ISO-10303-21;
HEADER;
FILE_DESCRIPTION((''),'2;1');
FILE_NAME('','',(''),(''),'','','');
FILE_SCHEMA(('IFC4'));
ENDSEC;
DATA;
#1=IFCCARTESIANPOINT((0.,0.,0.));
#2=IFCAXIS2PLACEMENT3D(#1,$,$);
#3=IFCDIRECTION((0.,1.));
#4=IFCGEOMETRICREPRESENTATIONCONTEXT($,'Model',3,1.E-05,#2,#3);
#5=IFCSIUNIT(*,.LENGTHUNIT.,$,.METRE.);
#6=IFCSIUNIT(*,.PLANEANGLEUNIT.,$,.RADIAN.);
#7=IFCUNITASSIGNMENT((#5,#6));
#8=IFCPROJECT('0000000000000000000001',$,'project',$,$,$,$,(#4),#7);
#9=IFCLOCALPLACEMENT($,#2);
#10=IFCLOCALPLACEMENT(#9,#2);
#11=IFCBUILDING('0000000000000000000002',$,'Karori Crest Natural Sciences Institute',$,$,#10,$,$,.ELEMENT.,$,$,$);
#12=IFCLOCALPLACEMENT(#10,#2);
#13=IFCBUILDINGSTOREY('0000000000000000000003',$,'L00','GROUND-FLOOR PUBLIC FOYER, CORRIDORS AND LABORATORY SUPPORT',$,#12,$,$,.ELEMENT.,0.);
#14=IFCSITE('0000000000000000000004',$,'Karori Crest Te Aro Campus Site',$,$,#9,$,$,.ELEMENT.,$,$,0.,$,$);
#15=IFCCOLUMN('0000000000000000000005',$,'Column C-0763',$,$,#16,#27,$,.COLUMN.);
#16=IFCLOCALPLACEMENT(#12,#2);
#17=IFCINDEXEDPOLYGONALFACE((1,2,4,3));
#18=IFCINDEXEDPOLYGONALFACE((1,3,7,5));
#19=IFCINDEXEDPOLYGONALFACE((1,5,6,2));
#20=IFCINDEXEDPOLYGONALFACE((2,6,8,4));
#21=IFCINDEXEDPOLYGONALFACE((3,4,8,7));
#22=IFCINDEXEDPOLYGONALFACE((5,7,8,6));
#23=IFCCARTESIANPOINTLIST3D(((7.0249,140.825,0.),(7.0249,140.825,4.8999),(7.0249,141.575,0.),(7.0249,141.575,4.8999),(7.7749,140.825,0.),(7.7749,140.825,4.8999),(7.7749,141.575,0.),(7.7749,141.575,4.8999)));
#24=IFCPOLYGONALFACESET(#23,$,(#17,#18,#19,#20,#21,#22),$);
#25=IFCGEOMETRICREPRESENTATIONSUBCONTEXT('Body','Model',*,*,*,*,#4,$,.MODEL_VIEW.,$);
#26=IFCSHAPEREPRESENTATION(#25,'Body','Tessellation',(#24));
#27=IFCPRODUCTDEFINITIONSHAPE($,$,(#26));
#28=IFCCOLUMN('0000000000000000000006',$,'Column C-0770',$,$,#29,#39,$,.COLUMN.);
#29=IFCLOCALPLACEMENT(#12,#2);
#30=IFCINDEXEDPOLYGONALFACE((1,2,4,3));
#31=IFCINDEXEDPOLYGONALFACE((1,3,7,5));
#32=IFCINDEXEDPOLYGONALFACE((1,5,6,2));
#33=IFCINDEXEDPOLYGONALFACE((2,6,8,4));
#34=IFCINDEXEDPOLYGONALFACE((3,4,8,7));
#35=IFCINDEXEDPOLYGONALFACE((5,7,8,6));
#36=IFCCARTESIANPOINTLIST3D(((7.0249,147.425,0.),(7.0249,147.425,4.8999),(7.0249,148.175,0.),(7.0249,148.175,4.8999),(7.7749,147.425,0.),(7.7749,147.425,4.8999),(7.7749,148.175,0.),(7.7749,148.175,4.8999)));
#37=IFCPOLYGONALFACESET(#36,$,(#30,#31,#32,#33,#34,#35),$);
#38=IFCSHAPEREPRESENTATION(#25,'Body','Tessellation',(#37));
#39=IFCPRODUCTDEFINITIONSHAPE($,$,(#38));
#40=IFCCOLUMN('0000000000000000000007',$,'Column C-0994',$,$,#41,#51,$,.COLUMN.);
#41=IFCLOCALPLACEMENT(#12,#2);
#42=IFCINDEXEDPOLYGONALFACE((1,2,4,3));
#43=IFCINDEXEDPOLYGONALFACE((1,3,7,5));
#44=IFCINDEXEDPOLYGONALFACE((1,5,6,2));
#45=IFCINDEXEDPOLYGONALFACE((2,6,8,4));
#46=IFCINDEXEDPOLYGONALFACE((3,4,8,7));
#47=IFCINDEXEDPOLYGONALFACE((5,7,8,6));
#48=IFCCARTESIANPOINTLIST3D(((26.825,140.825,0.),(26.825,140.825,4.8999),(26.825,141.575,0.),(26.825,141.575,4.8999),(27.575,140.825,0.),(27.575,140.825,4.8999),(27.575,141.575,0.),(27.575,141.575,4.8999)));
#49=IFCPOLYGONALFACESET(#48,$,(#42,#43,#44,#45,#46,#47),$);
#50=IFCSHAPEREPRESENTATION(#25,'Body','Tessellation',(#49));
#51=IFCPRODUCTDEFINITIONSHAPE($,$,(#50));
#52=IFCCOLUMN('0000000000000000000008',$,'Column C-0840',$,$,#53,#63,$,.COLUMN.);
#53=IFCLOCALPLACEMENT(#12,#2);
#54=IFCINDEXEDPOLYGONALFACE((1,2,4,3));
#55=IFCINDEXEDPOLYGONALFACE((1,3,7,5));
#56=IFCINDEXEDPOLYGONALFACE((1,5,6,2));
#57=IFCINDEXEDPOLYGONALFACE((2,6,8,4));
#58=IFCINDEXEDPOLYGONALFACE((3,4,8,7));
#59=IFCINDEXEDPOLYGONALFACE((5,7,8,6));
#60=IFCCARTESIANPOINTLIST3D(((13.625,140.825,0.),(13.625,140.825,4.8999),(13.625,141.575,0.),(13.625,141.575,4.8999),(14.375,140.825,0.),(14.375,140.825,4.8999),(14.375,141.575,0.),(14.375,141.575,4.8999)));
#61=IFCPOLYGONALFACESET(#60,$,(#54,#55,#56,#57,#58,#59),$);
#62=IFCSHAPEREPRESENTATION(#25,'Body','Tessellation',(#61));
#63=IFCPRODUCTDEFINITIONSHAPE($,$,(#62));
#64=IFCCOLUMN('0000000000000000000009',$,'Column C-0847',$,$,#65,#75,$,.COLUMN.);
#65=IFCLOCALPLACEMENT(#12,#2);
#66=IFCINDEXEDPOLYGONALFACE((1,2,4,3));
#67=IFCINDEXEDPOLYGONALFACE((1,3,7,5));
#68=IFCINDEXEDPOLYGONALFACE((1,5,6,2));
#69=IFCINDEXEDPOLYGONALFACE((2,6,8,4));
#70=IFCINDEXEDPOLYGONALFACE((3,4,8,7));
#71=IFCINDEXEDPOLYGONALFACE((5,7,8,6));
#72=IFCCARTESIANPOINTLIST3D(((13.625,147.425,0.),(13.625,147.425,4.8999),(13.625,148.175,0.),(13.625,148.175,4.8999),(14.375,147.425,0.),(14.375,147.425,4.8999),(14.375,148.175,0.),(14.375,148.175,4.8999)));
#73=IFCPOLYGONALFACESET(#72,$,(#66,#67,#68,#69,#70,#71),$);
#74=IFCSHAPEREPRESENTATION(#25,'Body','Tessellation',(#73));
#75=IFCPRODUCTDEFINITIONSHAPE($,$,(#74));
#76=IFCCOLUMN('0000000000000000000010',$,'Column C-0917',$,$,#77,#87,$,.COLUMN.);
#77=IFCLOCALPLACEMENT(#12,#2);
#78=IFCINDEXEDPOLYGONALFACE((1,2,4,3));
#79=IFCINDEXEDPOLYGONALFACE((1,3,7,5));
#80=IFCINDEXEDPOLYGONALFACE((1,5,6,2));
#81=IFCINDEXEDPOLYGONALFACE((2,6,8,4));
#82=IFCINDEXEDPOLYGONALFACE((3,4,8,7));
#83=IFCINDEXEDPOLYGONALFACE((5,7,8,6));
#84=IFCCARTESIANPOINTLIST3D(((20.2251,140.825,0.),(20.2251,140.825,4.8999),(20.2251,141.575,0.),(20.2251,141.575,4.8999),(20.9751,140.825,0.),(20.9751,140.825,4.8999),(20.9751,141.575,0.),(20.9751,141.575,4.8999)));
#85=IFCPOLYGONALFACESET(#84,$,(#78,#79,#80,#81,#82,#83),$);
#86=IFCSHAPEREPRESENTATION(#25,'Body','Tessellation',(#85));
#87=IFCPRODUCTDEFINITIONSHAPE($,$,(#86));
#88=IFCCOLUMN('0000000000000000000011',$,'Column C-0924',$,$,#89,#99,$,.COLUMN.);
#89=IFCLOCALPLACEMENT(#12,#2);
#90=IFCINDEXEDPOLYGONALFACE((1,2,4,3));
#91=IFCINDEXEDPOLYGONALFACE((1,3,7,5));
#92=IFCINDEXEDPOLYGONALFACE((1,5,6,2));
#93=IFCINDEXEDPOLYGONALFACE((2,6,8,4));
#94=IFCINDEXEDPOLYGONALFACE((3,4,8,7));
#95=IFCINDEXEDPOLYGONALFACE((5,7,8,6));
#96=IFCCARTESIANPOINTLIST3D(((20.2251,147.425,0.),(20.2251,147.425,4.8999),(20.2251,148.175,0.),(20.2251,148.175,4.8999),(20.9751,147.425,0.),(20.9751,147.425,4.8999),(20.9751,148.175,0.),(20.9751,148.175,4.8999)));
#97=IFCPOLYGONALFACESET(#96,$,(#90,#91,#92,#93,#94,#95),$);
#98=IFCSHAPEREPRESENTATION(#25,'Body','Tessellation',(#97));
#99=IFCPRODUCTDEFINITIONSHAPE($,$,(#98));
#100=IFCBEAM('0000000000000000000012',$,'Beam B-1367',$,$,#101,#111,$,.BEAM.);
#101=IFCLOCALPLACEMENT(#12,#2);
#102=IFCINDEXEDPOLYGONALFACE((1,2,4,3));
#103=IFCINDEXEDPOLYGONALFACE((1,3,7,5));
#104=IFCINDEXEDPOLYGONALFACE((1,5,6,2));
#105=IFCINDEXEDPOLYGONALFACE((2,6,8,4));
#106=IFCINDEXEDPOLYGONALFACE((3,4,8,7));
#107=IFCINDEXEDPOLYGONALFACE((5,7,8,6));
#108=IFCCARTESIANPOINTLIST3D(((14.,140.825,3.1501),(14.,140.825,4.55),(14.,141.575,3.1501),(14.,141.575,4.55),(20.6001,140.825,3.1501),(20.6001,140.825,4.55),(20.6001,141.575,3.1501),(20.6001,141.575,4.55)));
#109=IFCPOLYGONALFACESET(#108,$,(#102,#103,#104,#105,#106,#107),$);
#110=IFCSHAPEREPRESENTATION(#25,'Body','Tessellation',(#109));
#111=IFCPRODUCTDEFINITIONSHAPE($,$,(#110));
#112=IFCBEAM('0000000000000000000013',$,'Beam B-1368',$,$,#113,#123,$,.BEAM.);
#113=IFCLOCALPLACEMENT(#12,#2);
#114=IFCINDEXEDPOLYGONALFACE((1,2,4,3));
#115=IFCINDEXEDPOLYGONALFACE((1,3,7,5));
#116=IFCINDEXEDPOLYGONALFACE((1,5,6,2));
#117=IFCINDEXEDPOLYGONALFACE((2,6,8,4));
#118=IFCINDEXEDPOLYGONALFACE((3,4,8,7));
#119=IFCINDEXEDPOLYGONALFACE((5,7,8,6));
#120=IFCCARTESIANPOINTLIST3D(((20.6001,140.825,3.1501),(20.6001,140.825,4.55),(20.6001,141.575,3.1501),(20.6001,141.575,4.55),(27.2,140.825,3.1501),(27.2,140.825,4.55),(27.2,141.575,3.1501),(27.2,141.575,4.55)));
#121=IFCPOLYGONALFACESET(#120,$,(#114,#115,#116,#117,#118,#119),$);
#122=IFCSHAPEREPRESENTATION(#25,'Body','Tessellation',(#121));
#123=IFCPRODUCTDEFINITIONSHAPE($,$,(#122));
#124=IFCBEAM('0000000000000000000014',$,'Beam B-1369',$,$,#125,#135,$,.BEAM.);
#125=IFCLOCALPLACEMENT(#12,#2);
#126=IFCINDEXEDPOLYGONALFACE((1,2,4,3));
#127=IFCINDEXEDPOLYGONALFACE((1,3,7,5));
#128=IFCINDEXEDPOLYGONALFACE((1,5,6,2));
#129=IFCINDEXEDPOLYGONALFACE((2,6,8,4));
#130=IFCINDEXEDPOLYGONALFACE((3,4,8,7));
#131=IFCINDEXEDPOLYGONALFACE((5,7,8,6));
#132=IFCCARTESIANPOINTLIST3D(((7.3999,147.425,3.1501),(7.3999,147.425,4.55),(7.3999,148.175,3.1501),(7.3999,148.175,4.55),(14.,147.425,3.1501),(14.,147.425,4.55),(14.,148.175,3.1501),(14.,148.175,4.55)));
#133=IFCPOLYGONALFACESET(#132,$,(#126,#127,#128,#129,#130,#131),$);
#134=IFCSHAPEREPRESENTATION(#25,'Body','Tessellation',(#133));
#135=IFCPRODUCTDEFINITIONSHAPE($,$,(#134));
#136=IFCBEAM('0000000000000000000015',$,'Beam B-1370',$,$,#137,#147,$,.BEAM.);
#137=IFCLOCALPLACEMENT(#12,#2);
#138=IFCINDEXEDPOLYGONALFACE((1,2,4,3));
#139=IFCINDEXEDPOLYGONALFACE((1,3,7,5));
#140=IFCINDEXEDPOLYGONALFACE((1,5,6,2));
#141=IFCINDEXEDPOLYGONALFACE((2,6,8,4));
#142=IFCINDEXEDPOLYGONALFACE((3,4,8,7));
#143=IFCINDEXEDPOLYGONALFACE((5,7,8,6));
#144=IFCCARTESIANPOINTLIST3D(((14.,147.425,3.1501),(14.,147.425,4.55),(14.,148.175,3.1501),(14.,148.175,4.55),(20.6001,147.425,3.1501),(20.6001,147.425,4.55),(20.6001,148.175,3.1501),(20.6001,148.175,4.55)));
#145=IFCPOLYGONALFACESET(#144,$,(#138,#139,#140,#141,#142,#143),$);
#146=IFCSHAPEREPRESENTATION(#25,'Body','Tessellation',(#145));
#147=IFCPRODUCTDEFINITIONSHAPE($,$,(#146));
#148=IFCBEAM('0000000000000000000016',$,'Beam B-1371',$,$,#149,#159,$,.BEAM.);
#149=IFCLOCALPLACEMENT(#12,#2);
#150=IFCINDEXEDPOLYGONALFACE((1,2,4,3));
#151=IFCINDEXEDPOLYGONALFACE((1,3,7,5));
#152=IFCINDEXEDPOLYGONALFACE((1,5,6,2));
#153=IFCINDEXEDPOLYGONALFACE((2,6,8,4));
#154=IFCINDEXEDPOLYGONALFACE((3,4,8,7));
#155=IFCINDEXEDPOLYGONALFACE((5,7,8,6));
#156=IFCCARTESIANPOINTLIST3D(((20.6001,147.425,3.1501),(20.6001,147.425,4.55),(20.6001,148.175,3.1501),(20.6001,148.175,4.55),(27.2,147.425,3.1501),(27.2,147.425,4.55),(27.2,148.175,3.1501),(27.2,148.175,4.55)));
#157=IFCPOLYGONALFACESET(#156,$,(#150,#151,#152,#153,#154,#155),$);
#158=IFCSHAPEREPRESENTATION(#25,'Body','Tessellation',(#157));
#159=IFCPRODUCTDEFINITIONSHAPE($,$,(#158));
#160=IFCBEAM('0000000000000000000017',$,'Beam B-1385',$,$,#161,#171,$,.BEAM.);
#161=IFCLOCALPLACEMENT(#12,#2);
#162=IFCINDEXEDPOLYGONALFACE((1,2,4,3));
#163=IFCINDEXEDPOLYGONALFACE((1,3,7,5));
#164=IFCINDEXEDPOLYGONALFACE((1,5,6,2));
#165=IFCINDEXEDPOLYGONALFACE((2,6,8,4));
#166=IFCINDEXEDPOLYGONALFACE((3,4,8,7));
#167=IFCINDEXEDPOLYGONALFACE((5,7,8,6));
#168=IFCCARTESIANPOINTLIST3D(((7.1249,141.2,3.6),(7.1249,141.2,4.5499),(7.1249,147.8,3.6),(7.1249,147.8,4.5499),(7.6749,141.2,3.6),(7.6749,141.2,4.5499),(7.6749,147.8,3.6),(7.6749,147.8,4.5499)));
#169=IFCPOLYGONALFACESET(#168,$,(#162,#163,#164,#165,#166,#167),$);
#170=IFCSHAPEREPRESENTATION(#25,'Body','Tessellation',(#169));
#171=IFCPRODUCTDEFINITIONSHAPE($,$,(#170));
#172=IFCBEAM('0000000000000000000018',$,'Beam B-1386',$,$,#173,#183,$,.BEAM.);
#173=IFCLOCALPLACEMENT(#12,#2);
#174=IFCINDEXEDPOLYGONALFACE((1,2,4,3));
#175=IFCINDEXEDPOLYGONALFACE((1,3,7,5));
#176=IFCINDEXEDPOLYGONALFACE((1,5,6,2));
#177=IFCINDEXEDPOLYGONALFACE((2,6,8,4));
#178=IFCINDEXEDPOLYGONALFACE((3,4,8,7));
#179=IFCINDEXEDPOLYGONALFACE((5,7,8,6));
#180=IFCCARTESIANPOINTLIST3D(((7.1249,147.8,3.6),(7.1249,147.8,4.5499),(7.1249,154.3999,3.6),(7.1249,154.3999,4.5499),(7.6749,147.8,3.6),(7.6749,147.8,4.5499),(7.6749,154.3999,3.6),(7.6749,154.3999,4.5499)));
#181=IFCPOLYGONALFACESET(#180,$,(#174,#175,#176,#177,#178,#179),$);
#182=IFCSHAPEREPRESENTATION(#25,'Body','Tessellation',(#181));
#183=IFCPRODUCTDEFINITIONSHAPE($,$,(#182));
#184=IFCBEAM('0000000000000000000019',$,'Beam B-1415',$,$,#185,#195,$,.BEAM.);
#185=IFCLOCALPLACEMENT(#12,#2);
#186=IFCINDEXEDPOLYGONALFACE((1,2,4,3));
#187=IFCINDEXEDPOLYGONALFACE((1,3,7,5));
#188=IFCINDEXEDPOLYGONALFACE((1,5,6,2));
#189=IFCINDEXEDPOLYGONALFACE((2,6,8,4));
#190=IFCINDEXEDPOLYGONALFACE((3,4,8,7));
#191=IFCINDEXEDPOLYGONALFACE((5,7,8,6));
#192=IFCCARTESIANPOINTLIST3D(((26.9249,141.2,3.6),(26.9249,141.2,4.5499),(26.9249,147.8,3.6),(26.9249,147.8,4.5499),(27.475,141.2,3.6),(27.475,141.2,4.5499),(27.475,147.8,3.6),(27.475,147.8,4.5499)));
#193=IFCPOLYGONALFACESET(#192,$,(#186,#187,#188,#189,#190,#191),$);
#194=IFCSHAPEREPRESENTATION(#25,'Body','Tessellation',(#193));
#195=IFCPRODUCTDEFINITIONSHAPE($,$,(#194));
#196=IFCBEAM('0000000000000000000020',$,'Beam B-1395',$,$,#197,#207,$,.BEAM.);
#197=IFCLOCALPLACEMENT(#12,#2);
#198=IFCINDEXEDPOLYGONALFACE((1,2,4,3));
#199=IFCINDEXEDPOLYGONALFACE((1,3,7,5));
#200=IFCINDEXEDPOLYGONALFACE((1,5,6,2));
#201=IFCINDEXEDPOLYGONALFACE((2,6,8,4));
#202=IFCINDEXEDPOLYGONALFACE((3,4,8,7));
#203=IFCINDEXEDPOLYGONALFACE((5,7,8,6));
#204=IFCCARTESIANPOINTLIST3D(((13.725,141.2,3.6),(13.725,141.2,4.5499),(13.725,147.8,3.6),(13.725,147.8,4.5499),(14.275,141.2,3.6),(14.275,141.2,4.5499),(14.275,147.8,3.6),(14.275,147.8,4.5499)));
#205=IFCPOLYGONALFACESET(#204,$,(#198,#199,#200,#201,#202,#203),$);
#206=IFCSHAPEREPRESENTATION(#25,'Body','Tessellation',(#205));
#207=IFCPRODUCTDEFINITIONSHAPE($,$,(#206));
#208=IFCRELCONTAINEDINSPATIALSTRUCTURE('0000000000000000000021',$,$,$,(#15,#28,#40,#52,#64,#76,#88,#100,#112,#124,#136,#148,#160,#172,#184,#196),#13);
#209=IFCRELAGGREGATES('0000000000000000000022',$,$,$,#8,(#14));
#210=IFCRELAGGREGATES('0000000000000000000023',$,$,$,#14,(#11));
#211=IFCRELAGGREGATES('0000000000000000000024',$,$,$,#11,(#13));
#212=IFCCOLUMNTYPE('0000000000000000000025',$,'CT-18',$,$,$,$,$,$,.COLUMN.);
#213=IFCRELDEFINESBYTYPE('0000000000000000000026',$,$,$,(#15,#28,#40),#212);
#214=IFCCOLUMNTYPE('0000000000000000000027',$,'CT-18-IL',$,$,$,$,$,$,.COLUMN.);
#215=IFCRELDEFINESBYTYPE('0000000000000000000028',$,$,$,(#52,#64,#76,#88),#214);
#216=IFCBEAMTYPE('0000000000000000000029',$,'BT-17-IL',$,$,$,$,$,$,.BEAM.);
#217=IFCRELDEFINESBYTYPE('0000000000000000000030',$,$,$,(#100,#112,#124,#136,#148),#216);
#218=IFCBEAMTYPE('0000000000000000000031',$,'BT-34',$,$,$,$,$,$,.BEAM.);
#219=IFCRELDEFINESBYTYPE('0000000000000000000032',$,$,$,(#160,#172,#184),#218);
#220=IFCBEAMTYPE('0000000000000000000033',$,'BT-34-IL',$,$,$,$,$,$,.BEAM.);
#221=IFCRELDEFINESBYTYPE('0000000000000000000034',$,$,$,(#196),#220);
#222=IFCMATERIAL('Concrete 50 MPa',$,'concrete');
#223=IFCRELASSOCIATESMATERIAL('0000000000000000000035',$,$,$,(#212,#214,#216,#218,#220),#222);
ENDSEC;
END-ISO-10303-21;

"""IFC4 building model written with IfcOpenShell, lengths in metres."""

from ifc_helpers import new_model, si_unit, direction, frame, origin, origin_2d, place, context, subcontext, project, spatial, rectangle, extrude, material, material_profile, profile_set, type_object, element, save


model = new_model("IFC4")

# Units and contexts
model_context = context("Model", 3, precision=1e-05, world=origin(), true_north=direction((0.0, 1.0)))
body_context = subcontext(model_context, "Body", "Model", "MODEL_VIEW")
ifc_project = project(units=[si_unit("LENGTHUNIT", "METRE"), si_unit("PLANEANGLEUNIT", "RADIAN")], contexts=[model_context])

# Site, building, storey
site_placement = place(None, origin())
site = spatial("IfcSite", under=ifc_project, at=site_placement, Name="Karori Crest Te Aro Campus Site", CompositionType="ELEMENT", RefElevation=0.0)
building_placement = place(site_placement, origin())
building = spatial("IfcBuilding", under=site, at=building_placement, Name="Karori Crest Natural Sciences Institute", CompositionType="ELEMENT")
storey_placement = place(building_placement, origin())
storey = spatial("IfcBuildingStorey", under=building, at=storey_placement, Name="L00", Description="GROUND-FLOOR PUBLIC FOYER, CORRIDORS AND LABORATORY SUPPORT", CompositionType="ELEMENT", Elevation=0.0)

# Columns
ifc_material_1 = material(Name="Concrete 50 MPa", Category="concrete")
ifc_material_profile_1 = material_profile(ifc_material_1, rectangle(XDim=0.75, YDim=0.75, at=origin_2d()), Name="RC750x750")
ifc_profile_set_1 = profile_set([ifc_material_profile_1], Name="Concrete 50 MPa")
column_type_1 = type_object("IfcColumnType", Name="CT-18", PredefinedType="COLUMN", material=ifc_profile_set_1)
for number, where, z_axis, x_axis, name in (
    (1, (7.3999, 141.2, 0.0), (0.0, 0.0, 1.0), (1.0, 0.0, 0.0), "Column C-0763"),
    (2, (7.3999, 147.8, 0.0), (0.0, 0.0, 1.0), (1.0, 0.0, 0.0), "Column C-0770"),
    (3, (27.2, 141.2, 0.0), (0.0, 0.0, 1.0), (1.0, 0.0, 0.0), "Column C-0994"),
):
    element("IfcColumn", number, at=place(storey_placement, frame(where, z_axis=z_axis, x_axis=x_axis)), inside=storey, type_object=column_type_1, Name=name, PredefinedType="COLUMN", context=body_context, shape_type="SweptSolid", body=[
        extrude(rectangle(XDim=0.75, YDim=0.75, at=origin_2d()), origin(), (0.0, 0.0, 1.0), 4.8999),
    ])
ifc_material_profile_2 = material_profile(ifc_material_1, rectangle(XDim=0.75, YDim=0.75, at=origin_2d()), Name="RC750x750")
ifc_profile_set_2 = profile_set([ifc_material_profile_2], Name="Concrete 50 MPa")
column_type_2 = type_object("IfcColumnType", Name="CT-18-IL", PredefinedType="COLUMN", material=ifc_profile_set_2)
for number, where, z_axis, x_axis, name in (
    (4, (14.0, 141.2, 0.0), (0.0, 0.0, 1.0), (1.0, 0.0, 0.0), "Column C-0840"),
    (5, (14.0, 147.8, 0.0), (0.0, 0.0, 1.0), (1.0, 0.0, 0.0), "Column C-0847"),
    (6, (20.6001, 141.2, 0.0), (0.0, 0.0, 1.0), (1.0, 0.0, 0.0), "Column C-0917"),
    (7, (20.6001, 147.8, 0.0), (0.0, 0.0, 1.0), (1.0, 0.0, 0.0), "Column C-0924"),
):
    element("IfcColumn", number, at=place(storey_placement, frame(where, z_axis=z_axis, x_axis=x_axis)), inside=storey, type_object=column_type_2, Name=name, PredefinedType="COLUMN", context=body_context, shape_type="SweptSolid", body=[
        extrude(rectangle(XDim=0.75, YDim=0.75, at=origin_2d()), origin(), (0.0, 0.0, 1.0), 4.8999),
    ])

# Beams
ifc_material_profile_3 = material_profile(ifc_material_1, rectangle(XDim=0.75, YDim=1.3999, at=origin_2d()), Name="RCB750x1400")
ifc_profile_set_3 = profile_set([ifc_material_profile_3], Name="Concrete 50 MPa")
beam_type_1 = type_object("IfcBeamType", Name="BT-17-IL", PredefinedType="BEAM", material=ifc_profile_set_3)
beam_1_placement = place(storey_placement, frame((14.0, 141.2, 3.8501), z_axis=(1.0, 0.0, 0.0), x_axis=(0.0, 1.0, 0.0)))
element("IfcBeam", 8, at=beam_1_placement, inside=storey, type_object=beam_type_1, Name="Beam B-1367", PredefinedType="BEAM", context=body_context, shape_type="SweptSolid", body=[
    extrude(rectangle(XDim=0.75, YDim=1.3999, at=origin_2d()), origin(), (0.0, 0.0, 1.0), 6.6001),
])
beam_2_placement = place(storey_placement, frame((20.6001, 141.2, 3.8501), z_axis=(1.0, 0.0, 0.0), x_axis=(0.0, 1.0, 0.0)))
element("IfcBeam", 9, at=beam_2_placement, inside=storey, type_object=beam_type_1, Name="Beam B-1368", PredefinedType="BEAM", context=body_context, shape_type="SweptSolid", body=[
    extrude(rectangle(XDim=0.75, YDim=1.3999, at=origin_2d()), origin(), (0.0, 0.0, 1.0), 6.5999),
])
for number, where, z_axis, x_axis, name in (
    (10, (7.3999, 147.8, 3.8501), (1.0, 0.0, 0.0), (0.0, 1.0, 0.0), "Beam B-1369"),
    (11, (14.0, 147.8, 3.8501), (1.0, 0.0, 0.0), (0.0, 1.0, 0.0), "Beam B-1370"),
):
    element("IfcBeam", number, at=place(storey_placement, frame(where, z_axis=z_axis, x_axis=x_axis)), inside=storey, type_object=beam_type_1, Name=name, PredefinedType="BEAM", context=body_context, shape_type="SweptSolid", body=[
        extrude(rectangle(XDim=0.75, YDim=1.3999, at=origin_2d()), origin(), (0.0, 0.0, 1.0), 6.6001),
    ])
beam_3_placement = place(storey_placement, frame((20.6001, 147.8, 3.8501), z_axis=(1.0, 0.0, 0.0), x_axis=(0.0, 1.0, 0.0)))
element("IfcBeam", 12, at=beam_3_placement, inside=storey, type_object=beam_type_1, Name="Beam B-1371", PredefinedType="BEAM", context=body_context, shape_type="SweptSolid", body=[
    extrude(rectangle(XDim=0.75, YDim=1.3999, at=origin_2d()), origin(), (0.0, 0.0, 1.0), 6.5999),
])
ifc_material_profile_4 = material_profile(ifc_material_1, rectangle(XDim=0.55, YDim=0.95, at=origin_2d()), Name="RCB550x950")
ifc_profile_set_4 = profile_set([ifc_material_profile_4], Name="Concrete 50 MPa")
beam_type_2 = type_object("IfcBeamType", Name="BT-34", PredefinedType="BEAM", material=ifc_profile_set_4)
beam_4_placement = place(storey_placement, frame((7.3999, 141.2, 4.075), z_axis=(0.0, 1.0, 0.0), x_axis=(-1.0, 0.0, 0.0)))
element("IfcBeam", 13, at=beam_4_placement, inside=storey, type_object=beam_type_2, Name="Beam B-1385", PredefinedType="BEAM", context=body_context, shape_type="SweptSolid", body=[
    extrude(rectangle(XDim=0.55, YDim=0.95, at=origin_2d()), origin(), (0.0, 0.0, 1.0), 6.6001),
])
beam_5_placement = place(storey_placement, frame((7.3999, 147.8, 4.075), z_axis=(0.0, 1.0, 0.0), x_axis=(-1.0, 0.0, 0.0)))
element("IfcBeam", 14, at=beam_5_placement, inside=storey, type_object=beam_type_2, Name="Beam B-1386", PredefinedType="BEAM", context=body_context, shape_type="SweptSolid", body=[
    extrude(rectangle(XDim=0.55, YDim=0.95, at=origin_2d()), origin(), (0.0, 0.0, 1.0), 6.5999),
])
beam_6_placement = place(storey_placement, frame((27.2, 141.2, 4.075), z_axis=(0.0, 1.0, 0.0), x_axis=(-1.0, 0.0, 0.0)))
element("IfcBeam", 15, at=beam_6_placement, inside=storey, type_object=beam_type_2, Name="Beam B-1415", PredefinedType="BEAM", context=body_context, shape_type="SweptSolid", body=[
    extrude(rectangle(XDim=0.55, YDim=0.95, at=origin_2d()), origin(), (0.0, 0.0, 1.0), 6.6001),
])
ifc_material_profile_5 = material_profile(ifc_material_1, rectangle(XDim=0.55, YDim=0.95, at=origin_2d()), Name="RCB550x950")
ifc_profile_set_5 = profile_set([ifc_material_profile_5], Name="Concrete 50 MPa")
beam_type_3 = type_object("IfcBeamType", Name="BT-34-IL", PredefinedType="BEAM", material=ifc_profile_set_5)
beam_7_placement = place(storey_placement, frame((14.0, 141.2, 4.075), z_axis=(0.0, 1.0, 0.0), x_axis=(-1.0, 0.0, 0.0)))
element("IfcBeam", 16, at=beam_7_placement, inside=storey, type_object=beam_type_3, Name="Beam B-1395", PredefinedType="BEAM", context=body_context, shape_type="SweptSolid", body=[
    extrude(rectangle(XDim=0.55, YDim=0.95, at=origin_2d()), origin(), (0.0, 0.0, 1.0), 6.6001),
])

save(model, "model.ifc")
